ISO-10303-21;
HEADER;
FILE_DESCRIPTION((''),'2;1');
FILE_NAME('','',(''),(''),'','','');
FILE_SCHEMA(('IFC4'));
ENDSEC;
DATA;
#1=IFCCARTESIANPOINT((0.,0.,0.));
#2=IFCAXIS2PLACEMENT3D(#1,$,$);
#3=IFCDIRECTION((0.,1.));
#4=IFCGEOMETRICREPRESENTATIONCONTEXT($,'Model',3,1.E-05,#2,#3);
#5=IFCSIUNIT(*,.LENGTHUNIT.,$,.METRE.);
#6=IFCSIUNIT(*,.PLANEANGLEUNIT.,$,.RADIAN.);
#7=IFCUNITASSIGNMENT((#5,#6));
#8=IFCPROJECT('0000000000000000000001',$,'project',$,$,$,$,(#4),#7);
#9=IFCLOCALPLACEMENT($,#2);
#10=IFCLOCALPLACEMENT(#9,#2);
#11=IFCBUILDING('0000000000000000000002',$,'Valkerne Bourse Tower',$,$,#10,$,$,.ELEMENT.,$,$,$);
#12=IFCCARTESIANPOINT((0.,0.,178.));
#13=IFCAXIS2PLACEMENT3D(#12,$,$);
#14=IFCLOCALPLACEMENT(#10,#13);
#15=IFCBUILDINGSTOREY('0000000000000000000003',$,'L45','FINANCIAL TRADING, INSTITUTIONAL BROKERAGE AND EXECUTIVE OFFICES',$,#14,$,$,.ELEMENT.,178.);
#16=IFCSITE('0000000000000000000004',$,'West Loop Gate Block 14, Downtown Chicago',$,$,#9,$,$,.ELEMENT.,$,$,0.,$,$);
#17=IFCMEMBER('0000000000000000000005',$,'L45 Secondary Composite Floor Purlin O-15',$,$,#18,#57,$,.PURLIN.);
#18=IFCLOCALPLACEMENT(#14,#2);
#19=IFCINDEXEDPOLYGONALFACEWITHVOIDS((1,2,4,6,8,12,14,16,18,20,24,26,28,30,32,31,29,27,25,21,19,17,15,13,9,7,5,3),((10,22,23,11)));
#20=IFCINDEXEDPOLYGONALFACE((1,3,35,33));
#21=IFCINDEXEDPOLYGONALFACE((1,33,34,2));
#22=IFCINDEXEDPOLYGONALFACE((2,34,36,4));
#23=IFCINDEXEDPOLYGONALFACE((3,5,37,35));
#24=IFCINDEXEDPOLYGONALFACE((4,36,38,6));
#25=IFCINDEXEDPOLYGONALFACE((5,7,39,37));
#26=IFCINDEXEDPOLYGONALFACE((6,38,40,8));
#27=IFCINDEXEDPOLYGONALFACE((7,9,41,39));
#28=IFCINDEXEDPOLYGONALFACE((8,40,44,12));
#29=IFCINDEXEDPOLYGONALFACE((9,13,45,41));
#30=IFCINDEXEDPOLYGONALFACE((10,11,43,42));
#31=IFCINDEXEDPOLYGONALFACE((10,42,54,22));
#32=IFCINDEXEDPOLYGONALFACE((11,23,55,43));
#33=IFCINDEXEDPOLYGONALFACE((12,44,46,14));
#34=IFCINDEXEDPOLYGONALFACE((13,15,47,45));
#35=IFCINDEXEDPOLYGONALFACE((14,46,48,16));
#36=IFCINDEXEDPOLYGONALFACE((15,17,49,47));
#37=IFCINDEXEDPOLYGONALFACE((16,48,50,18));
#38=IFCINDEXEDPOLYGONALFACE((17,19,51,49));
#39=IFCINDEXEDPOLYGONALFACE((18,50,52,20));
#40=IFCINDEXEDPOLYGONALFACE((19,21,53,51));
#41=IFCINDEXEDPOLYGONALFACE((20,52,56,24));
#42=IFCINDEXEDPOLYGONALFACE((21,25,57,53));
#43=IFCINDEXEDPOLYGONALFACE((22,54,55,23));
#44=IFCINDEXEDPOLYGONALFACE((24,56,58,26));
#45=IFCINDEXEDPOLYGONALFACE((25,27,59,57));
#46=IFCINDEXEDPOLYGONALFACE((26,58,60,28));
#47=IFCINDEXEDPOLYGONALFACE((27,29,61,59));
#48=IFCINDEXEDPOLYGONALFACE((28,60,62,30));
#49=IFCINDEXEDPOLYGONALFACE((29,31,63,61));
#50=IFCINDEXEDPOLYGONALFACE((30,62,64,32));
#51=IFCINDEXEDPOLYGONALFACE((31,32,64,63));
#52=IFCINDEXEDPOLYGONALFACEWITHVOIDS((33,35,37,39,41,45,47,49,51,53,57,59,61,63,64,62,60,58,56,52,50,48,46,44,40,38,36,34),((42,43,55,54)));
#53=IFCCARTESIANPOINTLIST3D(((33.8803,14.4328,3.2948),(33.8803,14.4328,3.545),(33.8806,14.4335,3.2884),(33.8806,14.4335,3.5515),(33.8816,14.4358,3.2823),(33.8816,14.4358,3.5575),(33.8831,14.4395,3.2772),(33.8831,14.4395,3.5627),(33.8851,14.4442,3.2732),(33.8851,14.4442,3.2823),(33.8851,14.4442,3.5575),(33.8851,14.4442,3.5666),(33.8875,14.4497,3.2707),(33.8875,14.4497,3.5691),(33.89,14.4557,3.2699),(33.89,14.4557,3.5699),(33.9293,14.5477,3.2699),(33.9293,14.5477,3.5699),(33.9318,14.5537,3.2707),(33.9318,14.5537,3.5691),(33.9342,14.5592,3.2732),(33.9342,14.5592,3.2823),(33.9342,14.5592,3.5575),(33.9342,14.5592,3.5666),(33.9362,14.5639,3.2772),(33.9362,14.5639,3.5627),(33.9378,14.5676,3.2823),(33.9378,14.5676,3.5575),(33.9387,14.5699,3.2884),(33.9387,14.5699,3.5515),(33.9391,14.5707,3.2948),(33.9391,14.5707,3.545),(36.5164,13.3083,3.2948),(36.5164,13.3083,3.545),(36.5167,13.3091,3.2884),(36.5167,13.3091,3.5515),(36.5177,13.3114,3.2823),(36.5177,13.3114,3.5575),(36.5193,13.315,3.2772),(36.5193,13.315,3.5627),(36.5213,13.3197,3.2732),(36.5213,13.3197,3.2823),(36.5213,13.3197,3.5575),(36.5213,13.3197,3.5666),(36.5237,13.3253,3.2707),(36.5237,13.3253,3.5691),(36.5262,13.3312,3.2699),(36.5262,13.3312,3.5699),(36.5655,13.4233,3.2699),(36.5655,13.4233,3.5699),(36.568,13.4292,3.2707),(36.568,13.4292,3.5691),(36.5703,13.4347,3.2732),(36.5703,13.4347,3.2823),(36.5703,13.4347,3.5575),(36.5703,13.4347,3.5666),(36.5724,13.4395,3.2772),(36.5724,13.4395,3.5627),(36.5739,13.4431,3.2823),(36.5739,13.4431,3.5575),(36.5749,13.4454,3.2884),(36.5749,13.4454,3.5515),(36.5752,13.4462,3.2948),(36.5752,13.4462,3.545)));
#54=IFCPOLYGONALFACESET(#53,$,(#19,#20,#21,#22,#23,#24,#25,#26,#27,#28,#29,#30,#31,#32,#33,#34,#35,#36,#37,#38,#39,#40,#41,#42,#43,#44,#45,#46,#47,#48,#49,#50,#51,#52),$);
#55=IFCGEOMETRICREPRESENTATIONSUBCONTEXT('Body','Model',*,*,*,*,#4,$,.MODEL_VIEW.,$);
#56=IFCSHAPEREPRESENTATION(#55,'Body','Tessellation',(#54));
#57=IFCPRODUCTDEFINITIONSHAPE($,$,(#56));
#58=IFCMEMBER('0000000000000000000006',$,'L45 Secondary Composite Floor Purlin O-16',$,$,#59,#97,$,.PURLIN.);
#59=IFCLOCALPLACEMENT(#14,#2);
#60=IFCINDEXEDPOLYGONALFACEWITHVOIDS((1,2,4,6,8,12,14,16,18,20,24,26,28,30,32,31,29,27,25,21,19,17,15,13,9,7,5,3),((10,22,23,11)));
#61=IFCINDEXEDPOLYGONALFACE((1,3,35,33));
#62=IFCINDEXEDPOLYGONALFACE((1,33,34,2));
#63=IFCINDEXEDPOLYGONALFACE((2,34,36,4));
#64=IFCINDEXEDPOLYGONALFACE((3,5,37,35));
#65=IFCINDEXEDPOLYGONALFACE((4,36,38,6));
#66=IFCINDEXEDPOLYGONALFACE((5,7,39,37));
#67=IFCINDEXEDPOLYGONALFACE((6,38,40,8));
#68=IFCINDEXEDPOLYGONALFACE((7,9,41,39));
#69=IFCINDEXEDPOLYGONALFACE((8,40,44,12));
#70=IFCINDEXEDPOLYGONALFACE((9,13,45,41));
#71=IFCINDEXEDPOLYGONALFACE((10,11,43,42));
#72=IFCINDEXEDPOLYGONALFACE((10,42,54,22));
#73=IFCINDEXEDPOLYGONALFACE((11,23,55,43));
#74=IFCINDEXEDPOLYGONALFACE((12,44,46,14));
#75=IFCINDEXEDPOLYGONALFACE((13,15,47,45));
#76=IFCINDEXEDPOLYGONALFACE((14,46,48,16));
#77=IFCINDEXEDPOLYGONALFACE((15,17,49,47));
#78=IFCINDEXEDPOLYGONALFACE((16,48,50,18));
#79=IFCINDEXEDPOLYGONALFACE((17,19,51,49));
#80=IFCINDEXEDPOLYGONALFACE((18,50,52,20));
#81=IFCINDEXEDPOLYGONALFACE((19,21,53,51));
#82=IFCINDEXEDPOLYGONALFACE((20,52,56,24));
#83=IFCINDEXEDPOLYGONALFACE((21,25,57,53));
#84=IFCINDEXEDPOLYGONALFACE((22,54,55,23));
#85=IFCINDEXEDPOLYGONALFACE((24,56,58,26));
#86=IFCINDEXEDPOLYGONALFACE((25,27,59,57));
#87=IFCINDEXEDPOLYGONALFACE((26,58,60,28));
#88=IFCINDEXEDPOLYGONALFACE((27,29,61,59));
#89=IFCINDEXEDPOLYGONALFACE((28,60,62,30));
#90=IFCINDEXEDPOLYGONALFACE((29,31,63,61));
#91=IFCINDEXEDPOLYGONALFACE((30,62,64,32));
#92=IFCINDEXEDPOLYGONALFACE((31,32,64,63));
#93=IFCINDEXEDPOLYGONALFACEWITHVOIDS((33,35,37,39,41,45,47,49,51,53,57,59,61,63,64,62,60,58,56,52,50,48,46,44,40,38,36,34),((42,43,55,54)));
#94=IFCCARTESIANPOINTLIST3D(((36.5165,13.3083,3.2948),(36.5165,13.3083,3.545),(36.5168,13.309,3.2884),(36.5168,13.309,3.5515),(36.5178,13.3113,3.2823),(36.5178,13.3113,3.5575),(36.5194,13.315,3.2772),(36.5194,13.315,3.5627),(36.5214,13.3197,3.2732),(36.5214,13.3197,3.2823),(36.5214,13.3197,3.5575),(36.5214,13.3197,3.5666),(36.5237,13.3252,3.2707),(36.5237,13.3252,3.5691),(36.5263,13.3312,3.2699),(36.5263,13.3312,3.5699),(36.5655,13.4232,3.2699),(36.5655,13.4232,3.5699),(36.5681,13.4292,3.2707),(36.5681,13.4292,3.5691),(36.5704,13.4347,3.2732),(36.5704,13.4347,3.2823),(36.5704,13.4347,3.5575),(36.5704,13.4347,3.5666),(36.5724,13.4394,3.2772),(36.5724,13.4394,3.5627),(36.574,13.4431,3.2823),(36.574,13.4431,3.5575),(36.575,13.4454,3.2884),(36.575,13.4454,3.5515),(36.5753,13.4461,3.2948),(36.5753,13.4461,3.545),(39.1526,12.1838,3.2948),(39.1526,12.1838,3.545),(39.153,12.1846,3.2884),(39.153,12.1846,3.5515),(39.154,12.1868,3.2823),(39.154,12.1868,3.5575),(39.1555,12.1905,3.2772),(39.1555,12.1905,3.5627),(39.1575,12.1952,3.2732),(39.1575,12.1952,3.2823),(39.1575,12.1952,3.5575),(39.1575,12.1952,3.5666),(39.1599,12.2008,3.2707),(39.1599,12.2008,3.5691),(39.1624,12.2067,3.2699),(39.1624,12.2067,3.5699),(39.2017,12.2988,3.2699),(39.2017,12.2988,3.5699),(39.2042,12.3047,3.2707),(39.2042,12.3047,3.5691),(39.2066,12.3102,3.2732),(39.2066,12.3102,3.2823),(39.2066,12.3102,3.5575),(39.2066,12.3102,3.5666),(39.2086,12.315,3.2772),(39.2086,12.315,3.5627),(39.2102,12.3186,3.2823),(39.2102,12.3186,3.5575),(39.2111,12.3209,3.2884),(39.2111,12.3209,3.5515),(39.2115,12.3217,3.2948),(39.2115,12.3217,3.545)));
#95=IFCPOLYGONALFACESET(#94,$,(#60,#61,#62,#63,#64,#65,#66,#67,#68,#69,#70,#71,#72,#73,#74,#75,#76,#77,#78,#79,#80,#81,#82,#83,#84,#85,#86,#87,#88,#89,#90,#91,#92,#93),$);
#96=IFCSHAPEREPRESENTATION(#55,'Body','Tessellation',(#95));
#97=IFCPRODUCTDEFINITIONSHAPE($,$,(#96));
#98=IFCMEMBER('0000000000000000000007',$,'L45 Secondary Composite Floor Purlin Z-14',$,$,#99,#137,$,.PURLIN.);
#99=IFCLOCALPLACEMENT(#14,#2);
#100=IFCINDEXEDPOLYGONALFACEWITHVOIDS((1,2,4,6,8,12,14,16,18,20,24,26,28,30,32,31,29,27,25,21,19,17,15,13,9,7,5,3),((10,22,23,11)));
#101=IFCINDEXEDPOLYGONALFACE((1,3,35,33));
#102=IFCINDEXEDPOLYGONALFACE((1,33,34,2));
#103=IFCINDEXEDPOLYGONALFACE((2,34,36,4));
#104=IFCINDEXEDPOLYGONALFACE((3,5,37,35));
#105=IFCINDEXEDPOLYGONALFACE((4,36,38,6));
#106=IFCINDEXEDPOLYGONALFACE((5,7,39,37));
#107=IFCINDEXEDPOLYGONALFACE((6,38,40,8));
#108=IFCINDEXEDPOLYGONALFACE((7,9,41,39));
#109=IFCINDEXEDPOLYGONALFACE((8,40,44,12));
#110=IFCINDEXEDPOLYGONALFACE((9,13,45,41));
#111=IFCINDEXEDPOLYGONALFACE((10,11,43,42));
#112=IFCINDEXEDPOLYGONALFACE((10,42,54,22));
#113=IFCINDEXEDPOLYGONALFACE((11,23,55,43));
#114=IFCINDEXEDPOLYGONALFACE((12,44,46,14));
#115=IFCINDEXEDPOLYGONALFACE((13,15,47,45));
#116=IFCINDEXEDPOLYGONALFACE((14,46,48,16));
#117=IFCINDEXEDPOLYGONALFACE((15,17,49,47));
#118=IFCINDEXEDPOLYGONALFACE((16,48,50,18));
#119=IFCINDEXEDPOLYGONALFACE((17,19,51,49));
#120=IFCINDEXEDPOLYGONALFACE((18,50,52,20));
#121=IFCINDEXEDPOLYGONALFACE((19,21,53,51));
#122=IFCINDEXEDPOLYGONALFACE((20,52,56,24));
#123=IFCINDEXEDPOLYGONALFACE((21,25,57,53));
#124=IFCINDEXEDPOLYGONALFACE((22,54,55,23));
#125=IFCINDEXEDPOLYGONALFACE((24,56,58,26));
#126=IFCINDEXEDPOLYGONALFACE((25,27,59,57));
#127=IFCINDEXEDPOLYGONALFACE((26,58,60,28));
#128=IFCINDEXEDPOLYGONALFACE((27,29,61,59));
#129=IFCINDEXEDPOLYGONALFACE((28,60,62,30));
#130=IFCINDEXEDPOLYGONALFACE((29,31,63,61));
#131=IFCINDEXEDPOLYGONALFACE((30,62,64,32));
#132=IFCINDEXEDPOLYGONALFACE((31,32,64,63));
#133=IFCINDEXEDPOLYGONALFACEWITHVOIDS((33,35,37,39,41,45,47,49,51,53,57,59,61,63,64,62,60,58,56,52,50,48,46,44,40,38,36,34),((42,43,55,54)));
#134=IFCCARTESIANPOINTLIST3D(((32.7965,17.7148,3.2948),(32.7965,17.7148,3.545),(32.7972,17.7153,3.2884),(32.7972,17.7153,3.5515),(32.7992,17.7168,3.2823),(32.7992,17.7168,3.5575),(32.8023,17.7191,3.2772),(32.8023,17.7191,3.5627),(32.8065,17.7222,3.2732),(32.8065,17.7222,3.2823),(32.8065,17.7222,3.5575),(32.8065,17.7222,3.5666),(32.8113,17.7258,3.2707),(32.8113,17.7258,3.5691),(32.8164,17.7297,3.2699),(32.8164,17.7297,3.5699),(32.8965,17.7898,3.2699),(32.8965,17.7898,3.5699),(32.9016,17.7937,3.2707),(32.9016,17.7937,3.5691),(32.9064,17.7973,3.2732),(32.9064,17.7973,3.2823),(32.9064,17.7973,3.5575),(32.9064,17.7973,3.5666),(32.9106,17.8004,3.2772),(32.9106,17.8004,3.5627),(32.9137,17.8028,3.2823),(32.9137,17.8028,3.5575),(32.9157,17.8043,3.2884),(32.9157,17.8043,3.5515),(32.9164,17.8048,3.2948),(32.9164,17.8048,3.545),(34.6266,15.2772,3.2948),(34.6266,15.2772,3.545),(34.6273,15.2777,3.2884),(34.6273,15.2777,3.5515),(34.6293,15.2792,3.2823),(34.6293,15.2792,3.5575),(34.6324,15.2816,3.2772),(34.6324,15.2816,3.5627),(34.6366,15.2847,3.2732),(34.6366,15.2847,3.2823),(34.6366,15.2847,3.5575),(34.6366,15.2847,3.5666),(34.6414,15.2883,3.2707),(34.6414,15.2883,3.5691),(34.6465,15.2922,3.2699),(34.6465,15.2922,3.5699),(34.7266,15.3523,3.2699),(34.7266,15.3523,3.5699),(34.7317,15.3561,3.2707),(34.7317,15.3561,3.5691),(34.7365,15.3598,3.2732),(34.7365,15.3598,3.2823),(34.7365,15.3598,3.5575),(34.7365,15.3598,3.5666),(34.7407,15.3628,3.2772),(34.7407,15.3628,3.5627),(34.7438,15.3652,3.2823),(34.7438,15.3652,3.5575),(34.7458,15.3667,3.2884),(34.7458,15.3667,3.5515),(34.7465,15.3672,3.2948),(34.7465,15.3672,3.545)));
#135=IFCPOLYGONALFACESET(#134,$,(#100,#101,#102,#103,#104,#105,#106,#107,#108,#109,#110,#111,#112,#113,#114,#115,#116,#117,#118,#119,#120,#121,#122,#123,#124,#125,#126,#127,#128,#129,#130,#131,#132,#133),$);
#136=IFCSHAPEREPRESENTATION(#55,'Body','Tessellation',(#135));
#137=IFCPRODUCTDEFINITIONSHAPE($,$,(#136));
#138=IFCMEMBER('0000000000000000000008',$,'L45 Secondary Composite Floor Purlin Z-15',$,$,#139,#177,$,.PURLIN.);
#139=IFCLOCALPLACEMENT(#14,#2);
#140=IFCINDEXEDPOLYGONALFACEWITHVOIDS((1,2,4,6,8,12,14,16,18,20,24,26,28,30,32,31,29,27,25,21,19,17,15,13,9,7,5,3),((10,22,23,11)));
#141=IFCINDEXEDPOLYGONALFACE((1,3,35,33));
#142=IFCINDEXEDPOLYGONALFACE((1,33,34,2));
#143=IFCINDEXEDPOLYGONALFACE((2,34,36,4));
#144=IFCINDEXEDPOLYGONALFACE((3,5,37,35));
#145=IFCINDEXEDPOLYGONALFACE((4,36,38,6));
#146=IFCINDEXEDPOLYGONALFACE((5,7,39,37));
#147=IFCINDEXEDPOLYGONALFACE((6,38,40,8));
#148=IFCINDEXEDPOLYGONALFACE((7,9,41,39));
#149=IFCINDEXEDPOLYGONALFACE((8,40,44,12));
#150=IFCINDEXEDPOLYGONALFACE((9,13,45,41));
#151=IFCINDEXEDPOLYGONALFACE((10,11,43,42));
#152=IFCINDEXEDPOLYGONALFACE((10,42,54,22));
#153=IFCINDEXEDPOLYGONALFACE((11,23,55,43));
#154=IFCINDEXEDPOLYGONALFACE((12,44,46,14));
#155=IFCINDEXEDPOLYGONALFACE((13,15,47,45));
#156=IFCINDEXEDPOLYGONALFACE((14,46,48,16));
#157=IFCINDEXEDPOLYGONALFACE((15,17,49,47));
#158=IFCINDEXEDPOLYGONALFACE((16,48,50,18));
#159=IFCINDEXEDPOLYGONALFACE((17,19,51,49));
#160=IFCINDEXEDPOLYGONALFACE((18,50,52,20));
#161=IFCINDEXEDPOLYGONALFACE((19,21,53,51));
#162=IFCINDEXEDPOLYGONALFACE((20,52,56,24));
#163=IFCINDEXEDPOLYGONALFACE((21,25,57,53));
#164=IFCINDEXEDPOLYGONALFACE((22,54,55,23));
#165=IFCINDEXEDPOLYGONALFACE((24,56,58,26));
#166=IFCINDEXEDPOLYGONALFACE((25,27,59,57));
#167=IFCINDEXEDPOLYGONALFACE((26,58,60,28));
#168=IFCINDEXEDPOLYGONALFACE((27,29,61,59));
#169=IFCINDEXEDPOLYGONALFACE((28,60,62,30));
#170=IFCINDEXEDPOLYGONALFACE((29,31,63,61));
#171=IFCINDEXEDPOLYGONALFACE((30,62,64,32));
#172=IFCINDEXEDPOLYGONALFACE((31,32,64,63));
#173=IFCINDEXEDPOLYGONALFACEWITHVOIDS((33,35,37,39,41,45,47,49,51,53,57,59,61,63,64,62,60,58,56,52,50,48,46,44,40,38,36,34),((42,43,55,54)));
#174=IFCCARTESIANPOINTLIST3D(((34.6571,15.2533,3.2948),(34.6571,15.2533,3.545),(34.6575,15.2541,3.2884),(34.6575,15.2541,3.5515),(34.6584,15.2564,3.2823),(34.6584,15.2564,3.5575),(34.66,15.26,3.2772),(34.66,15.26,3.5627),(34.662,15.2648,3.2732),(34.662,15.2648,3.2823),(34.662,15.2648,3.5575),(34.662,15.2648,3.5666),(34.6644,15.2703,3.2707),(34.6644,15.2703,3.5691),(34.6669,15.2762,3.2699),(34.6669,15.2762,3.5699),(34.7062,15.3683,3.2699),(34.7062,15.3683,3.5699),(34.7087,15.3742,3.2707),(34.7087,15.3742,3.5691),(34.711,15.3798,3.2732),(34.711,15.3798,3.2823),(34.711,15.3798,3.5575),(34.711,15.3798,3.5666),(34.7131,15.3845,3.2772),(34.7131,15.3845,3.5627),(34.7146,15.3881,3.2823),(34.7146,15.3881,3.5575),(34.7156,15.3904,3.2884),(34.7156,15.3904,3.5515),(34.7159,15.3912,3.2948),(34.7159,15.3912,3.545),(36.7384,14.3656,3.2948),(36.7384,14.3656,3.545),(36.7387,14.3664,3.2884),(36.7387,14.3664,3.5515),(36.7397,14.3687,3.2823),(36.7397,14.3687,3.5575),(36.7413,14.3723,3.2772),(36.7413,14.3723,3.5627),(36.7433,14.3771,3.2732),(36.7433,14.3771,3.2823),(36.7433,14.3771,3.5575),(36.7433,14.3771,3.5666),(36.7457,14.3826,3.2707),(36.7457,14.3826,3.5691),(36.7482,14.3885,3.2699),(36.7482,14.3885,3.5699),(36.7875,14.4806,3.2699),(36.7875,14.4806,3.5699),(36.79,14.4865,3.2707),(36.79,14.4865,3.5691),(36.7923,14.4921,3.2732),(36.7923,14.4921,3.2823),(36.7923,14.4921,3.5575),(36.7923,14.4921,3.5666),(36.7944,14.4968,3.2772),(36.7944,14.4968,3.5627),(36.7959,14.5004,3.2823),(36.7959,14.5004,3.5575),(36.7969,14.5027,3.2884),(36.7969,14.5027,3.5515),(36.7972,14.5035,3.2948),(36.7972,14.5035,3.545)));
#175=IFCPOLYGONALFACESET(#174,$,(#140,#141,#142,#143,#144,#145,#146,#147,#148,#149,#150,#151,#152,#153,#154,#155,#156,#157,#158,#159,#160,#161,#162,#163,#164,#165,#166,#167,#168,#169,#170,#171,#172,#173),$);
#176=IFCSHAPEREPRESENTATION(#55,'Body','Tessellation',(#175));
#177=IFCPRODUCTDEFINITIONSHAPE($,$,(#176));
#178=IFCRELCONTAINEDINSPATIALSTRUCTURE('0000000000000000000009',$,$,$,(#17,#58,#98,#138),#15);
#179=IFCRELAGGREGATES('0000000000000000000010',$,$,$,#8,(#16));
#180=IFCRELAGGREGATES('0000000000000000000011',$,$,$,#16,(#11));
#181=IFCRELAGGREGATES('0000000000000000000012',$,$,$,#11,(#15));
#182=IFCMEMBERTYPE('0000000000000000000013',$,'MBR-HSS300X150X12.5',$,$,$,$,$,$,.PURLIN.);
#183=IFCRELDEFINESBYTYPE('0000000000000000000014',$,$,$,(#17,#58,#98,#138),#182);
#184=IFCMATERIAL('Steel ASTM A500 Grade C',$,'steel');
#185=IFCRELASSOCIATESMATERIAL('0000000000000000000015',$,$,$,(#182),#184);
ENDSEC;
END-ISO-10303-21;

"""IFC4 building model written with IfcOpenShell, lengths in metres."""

from ifc_helpers import new_model, si_unit, direction, frame, origin, origin_2d, place, context, subcontext, project, spatial, hollow_rectangle, extrude, material, material_profile, profile_set, type_object, element, save


model = new_model("IFC4")

# Units and contexts
model_context = context("Model", 3, precision=1e-05, world=origin(), true_north=direction((0.0, 1.0)))
body_context = subcontext(model_context, "Body", "Model", "MODEL_VIEW")
ifc_project = project(units=[si_unit("LENGTHUNIT", "METRE"), si_unit("PLANEANGLEUNIT", "RADIAN")], contexts=[model_context])

# Site, building, storey
site_placement = place(None, origin())
site = spatial("IfcSite", under=ifc_project, at=site_placement, Name="West Loop Gate Block 14, Downtown Chicago", CompositionType="ELEMENT", RefElevation=0.0)
building_placement = place(site_placement, origin())
building = spatial("IfcBuilding", under=site, at=building_placement, Name="Valkerne Bourse Tower", CompositionType="ELEMENT")
storey_placement = place(building_placement, frame((0.0, 0.0, 178.0)))
storey = spatial("IfcBuildingStorey", under=building, at=storey_placement, Name="L45", Description="FINANCIAL TRADING, INSTITUTIONAL BROKERAGE AND EXECUTIVE OFFICES", CompositionType="ELEMENT", Elevation=178.0)

# Members
ifc_material_1 = material(Name="Steel ASTM A500 Grade C", Category="steel")
ifc_material_profile_1 = material_profile(ifc_material_1, hollow_rectangle(XDim=0.1499, YDim=0.3, WallThickness=0.0125, OuterFilletRadius=0.0249, at=origin_2d()), Name="HSS300X150X12.5")
ifc_profile_set_1 = profile_set([ifc_material_profile_1], Name="Steel ASTM A500 Grade C")
member_type_1 = type_object("IfcMemberType", Name="MBR-HSS300X150X12.5", PredefinedType="PURLIN", material=ifc_profile_set_1)
for number, where, z_axis, x_axis, name in (
    (1, (33.9097, 14.5017, 3.4199), (0.919813, -0.392356, 0.0), (0.392356, 0.919813, 0.0), "L45 Secondary Composite Floor Purlin O-15"),
    (2, (36.5459, 13.3772, 3.4199), (0.919813, -0.392356, 0.0), (0.392356, 0.919813, 0.0), "L45 Secondary Composite Floor Purlin O-16"),
):
    element("IfcMember", number, at=place(storey_placement, frame(where, z_axis=z_axis, x_axis=x_axis)), inside=storey, type_object=member_type_1, Name=name, PredefinedType="PURLIN", context=body_context, shape_type="SweptSolid", body=[
        extrude(hollow_rectangle(XDim=0.1499, YDim=0.3, WallThickness=0.0125, OuterFilletRadius=0.0249, at=origin_2d()), origin(), (0.0, 0.0, 1.0), 2.866),
    ])
member_1_placement = place(storey_placement, frame((32.8564, 17.7598, 3.4199), z_axis=(0.60041, -0.799692, 0.0), x_axis=(0.799692, 0.60041, 0.0)))
element("IfcMember", 3, at=member_1_placement, inside=storey, type_object=member_type_1, Name="L45 Secondary Composite Floor Purlin Z-14", PredefinedType="PURLIN", context=body_context, shape_type="SweptSolid", body=[
    extrude(hollow_rectangle(XDim=0.1499, YDim=0.3, WallThickness=0.0125, OuterFilletRadius=0.0249, at=origin_2d()), origin(), (0.0, 0.0, 1.0), 3.0481),
])
for number, where, z_axis, x_axis, name in (
    (4, (34.6865, 15.3223, 3.4199), (0.91983, -0.392317, 0.0), (0.392317, 0.91983, 0.0), "L45 Secondary Composite Floor Purlin Z-15"),
):
    element("IfcMember", number, at=place(storey_placement, frame(where, z_axis=z_axis, x_axis=x_axis)), inside=storey, type_object=member_type_1, Name=name, PredefinedType="PURLIN", context=body_context, shape_type="SweptSolid", body=[
        extrude(hollow_rectangle(XDim=0.1499, YDim=0.3, WallThickness=0.0125, OuterFilletRadius=0.0249, at=origin_2d()), origin(), (0.0, 0.0, 1.0), 2.2627),
    ])

save(model, "model.ifc")
